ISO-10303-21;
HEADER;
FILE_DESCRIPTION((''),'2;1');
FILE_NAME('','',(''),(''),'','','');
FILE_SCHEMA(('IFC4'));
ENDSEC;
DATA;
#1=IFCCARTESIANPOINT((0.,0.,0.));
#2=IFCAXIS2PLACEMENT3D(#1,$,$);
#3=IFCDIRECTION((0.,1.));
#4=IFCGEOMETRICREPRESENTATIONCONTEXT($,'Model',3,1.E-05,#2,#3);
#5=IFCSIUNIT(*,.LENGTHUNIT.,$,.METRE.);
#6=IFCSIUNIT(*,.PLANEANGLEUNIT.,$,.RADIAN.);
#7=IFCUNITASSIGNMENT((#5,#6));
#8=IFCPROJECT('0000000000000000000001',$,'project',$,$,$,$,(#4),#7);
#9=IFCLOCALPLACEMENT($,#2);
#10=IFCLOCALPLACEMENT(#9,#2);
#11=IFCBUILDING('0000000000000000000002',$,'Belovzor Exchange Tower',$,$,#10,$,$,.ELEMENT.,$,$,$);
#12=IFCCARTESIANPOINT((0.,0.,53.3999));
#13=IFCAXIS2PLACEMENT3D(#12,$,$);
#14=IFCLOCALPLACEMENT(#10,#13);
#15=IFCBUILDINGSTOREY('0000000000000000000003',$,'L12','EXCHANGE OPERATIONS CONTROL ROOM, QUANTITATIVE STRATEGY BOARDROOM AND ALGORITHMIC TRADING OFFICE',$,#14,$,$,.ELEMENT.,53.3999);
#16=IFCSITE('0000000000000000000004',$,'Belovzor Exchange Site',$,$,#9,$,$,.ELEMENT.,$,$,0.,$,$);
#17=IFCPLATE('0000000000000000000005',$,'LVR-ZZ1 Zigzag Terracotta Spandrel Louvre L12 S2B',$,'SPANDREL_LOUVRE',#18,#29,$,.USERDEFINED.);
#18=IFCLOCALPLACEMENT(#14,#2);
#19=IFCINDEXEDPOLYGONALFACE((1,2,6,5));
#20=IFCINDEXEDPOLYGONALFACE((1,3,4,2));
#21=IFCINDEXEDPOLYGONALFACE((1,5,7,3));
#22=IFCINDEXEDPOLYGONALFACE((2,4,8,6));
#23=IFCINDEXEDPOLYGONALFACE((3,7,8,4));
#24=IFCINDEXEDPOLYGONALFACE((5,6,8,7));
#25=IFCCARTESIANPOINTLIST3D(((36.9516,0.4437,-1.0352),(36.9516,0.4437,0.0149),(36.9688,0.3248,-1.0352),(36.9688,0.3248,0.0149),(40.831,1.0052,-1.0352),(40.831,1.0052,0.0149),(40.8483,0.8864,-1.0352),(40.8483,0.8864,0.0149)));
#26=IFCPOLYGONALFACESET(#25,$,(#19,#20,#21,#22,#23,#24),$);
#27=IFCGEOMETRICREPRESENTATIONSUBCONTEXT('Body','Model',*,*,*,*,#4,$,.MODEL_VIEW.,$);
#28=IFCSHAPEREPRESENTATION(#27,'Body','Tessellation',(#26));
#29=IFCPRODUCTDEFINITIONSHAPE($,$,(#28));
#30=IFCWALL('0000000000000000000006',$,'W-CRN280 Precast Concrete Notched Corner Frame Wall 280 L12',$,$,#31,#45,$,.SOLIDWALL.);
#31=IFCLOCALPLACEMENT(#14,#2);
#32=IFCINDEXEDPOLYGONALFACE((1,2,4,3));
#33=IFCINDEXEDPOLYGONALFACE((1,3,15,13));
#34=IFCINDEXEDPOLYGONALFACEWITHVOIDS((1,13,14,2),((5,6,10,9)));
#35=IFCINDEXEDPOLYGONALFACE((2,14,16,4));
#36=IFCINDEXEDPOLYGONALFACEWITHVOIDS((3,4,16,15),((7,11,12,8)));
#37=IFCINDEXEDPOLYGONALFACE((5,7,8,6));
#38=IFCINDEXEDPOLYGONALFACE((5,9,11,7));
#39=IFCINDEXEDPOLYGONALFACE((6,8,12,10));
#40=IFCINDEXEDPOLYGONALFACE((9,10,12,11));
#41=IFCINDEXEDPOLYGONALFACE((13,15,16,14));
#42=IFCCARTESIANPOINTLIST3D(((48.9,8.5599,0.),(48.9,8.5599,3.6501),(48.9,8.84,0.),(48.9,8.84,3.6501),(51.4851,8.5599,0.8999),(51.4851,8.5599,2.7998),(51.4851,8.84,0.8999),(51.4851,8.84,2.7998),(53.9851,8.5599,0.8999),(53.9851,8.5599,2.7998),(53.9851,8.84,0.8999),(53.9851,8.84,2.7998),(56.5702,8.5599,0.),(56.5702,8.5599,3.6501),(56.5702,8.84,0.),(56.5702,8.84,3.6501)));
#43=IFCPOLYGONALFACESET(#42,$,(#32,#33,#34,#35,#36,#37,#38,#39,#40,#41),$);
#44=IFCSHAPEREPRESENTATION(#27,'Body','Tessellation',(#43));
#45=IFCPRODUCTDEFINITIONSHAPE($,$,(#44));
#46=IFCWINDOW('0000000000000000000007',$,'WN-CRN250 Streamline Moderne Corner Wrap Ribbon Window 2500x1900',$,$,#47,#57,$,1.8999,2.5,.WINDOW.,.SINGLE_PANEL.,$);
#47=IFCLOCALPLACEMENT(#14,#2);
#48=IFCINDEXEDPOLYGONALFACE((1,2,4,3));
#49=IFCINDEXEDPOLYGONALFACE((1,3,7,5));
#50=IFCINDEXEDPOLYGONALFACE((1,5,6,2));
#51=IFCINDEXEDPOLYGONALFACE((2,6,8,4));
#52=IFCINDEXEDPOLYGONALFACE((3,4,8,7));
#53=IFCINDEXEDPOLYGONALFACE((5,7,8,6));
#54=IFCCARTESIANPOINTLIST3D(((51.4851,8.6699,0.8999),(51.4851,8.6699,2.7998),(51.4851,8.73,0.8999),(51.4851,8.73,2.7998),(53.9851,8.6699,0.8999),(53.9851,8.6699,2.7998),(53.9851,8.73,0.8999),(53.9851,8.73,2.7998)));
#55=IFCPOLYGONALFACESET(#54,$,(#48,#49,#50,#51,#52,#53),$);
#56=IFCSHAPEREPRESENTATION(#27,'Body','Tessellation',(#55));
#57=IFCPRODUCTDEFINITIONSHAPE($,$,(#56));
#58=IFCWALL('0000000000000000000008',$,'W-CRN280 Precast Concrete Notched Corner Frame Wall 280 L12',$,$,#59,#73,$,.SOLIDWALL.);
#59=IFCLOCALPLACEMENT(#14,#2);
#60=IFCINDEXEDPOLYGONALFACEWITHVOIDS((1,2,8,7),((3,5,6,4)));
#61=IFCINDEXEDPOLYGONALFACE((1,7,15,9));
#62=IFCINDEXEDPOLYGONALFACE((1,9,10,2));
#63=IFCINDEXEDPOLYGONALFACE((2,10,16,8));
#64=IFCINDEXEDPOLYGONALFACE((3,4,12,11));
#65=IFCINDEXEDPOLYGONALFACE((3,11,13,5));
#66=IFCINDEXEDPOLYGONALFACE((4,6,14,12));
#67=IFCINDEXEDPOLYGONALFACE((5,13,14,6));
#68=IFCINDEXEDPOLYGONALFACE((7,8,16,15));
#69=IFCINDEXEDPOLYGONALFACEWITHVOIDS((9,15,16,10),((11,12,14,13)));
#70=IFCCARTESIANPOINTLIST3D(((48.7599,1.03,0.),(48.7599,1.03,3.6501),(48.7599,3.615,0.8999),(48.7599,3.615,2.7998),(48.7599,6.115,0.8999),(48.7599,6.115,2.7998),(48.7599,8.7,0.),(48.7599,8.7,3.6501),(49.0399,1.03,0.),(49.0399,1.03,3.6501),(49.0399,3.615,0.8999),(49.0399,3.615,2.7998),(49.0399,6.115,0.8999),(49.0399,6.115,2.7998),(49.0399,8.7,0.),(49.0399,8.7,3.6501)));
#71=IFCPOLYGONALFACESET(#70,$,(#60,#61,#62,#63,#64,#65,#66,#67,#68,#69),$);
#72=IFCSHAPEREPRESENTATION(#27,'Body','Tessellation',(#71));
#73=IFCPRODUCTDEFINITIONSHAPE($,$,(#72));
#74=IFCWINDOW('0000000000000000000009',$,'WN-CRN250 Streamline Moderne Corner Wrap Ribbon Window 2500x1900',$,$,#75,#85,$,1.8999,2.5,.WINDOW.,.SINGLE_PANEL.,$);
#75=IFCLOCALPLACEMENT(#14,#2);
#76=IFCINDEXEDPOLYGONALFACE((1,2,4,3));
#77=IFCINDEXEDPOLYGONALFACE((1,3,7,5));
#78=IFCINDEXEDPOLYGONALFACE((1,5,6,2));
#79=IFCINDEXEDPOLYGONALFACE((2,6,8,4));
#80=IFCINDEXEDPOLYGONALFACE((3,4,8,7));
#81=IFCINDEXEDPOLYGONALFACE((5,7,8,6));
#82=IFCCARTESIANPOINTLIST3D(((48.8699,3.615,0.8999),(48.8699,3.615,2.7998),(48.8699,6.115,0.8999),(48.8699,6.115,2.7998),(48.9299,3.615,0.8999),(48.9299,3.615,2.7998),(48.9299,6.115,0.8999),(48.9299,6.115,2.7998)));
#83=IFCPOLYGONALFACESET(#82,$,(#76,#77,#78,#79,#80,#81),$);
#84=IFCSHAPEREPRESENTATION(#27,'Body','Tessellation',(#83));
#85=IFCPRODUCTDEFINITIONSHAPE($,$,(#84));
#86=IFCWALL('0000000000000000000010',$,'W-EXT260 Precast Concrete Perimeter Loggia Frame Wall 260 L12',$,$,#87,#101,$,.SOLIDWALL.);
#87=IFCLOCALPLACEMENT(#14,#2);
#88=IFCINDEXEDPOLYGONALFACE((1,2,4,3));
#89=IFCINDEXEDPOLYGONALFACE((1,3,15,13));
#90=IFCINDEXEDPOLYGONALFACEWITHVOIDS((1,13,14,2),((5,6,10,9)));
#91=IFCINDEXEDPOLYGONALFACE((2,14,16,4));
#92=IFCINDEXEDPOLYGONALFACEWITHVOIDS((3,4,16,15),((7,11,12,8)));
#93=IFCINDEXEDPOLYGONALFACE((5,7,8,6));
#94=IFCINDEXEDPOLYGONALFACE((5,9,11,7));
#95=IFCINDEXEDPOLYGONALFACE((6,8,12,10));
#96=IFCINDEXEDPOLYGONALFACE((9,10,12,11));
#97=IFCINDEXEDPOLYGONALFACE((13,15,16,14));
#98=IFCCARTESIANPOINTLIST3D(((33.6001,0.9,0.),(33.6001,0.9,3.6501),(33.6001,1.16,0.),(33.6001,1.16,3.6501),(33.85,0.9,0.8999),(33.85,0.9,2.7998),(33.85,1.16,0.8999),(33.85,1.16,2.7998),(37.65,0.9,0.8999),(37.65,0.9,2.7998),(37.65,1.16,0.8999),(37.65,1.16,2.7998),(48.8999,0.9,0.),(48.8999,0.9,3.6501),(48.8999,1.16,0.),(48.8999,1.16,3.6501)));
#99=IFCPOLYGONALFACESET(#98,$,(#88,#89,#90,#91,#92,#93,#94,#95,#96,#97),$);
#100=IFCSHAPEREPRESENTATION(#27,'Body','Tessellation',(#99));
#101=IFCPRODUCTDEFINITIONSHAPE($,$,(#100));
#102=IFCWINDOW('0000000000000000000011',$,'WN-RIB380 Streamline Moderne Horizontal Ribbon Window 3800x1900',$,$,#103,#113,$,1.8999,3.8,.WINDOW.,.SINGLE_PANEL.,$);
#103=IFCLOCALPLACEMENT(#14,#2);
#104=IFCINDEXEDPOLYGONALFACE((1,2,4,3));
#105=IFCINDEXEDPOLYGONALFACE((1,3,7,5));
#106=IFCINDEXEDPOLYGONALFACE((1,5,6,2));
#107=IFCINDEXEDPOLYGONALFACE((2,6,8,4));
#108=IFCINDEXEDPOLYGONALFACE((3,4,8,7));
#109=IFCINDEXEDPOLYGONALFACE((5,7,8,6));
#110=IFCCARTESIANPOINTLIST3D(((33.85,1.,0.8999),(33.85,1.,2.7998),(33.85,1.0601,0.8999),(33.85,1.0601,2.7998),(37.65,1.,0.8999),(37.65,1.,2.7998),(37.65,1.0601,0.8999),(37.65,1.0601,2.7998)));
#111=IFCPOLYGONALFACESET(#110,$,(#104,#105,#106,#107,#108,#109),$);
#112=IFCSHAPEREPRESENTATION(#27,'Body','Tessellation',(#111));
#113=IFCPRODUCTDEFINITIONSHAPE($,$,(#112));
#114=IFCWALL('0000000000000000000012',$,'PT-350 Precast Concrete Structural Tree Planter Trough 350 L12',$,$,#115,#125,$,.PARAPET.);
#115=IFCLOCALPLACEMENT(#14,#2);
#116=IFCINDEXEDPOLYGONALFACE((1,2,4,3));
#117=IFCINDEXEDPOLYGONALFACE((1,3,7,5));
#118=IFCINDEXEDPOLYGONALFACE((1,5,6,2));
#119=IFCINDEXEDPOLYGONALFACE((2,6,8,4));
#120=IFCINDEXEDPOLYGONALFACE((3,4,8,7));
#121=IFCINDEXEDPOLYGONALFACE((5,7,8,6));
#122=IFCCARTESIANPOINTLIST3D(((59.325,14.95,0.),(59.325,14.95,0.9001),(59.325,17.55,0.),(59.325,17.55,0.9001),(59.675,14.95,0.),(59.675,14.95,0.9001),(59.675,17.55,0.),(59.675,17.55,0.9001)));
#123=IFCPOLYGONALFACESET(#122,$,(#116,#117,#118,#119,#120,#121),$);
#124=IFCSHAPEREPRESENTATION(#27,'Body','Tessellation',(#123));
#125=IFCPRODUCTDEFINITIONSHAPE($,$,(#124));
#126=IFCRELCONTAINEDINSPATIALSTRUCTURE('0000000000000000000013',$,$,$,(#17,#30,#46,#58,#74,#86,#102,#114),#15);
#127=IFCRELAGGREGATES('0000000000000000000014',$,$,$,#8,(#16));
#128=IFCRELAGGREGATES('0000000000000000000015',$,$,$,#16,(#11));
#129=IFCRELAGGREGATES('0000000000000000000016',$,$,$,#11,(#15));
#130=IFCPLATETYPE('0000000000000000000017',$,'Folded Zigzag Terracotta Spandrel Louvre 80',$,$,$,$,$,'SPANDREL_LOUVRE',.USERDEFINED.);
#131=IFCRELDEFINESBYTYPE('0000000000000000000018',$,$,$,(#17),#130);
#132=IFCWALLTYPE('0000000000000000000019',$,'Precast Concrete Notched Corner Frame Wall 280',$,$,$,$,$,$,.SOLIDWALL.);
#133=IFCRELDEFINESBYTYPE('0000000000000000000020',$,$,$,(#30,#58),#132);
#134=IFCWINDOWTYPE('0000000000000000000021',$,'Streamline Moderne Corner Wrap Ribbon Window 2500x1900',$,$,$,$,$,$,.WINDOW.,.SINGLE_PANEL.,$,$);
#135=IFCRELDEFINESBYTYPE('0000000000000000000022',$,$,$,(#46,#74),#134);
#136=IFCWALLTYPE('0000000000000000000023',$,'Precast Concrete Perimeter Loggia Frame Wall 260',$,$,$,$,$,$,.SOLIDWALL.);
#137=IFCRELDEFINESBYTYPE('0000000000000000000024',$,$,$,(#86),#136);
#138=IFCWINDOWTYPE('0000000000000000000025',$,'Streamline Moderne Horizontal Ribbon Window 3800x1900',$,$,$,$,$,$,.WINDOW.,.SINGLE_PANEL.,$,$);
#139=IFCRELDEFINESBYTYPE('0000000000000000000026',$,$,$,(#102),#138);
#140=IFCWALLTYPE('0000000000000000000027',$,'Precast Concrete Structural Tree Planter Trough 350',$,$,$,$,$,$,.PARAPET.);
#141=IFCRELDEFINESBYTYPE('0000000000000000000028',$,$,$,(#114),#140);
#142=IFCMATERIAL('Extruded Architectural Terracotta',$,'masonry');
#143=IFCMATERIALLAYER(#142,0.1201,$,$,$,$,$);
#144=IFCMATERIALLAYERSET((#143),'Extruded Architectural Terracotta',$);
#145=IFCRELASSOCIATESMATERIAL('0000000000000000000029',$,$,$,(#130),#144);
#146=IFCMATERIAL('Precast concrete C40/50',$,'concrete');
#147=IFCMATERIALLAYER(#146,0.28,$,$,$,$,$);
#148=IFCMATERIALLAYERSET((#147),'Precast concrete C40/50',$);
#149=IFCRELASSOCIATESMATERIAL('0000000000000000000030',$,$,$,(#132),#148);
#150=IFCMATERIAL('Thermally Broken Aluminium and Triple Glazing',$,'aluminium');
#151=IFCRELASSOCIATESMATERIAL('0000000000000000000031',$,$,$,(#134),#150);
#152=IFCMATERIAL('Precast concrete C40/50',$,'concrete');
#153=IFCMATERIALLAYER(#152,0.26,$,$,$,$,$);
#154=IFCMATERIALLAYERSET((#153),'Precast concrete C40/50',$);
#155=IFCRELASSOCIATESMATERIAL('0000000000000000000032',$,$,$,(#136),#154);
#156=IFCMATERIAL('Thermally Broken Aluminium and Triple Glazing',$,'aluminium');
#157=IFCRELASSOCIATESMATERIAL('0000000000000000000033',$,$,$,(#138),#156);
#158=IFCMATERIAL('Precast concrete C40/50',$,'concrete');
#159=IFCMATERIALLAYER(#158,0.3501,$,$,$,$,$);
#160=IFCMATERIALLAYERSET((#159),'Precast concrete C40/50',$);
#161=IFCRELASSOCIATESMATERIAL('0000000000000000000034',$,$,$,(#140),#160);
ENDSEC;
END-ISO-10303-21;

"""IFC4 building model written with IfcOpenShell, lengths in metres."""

from ifc_helpers import new_model, si_unit, direction, frame, frame_2d, origin, origin_2d, place, context, subcontext, project, spatial, rectangle, extrude, material, layer, layer_set, type_object, element, fill, save


model = new_model("IFC4")

# Units and contexts
model_context = context("Model", 3, precision=1e-05, world=origin(), true_north=direction((0.0, 1.0)))
body_context = subcontext(model_context, "Body", "Model", "MODEL_VIEW")
ifc_project = project(units=[si_unit("LENGTHUNIT", "METRE"), si_unit("PLANEANGLEUNIT", "RADIAN")], contexts=[model_context])

# Site, building, storey
site_placement = place(None, origin())
site = spatial("IfcSite", under=ifc_project, at=site_placement, Name="Belovzor Exchange Site", CompositionType="ELEMENT", RefElevation=0.0)
building_placement = place(site_placement, origin())
building = spatial("IfcBuilding", under=site, at=building_placement, Name="Belovzor Exchange Tower", CompositionType="ELEMENT")
storey_placement = place(building_placement, frame((0.0, 0.0, 53.3999)))
storey = spatial("IfcBuildingStorey", under=building, at=storey_placement, Name="L12", Description="EXCHANGE OPERATIONS CONTROL ROOM, QUANTITATIVE STRATEGY BOARDROOM AND ALGORITHMIC TRADING OFFICE", CompositionType="ELEMENT", Elevation=53.3999)

# Plate
ifc_material_1 = material(Name="Extruded Architectural Terracotta", Category="masonry")
ifc_layer_1 = layer(ifc_material_1, 0.1201)
ifc_layer_set_1 = layer_set([ifc_layer_1], Name="Extruded Architectural Terracotta")
plate_type = type_object("IfcPlateType", Name="Folded Zigzag Terracotta Spandrel Louvre 80", ElementType="SPANDREL_LOUVRE", PredefinedType="USERDEFINED", material=ifc_layer_set_1)
plate_placement = place(storey_placement, frame((38.8999, 0.665, -1.0352), z_axis=(0.0, 0.0, 1.0), x_axis=(0.989686, 0.143251, 0.0)))
element("IfcPlate", 1, at=plate_placement, inside=storey, type_object=plate_type, Name="LVR-ZZ1 Zigzag Terracotta Spandrel Louvre L12 S2B", ObjectType="SPANDREL_LOUVRE", PredefinedType="USERDEFINED", context=body_context, shape_type="SweptSolid", body=[
    extrude(rectangle(XDim=3.9199, YDim=0.1201, at=origin_2d()), origin(), (0.0, 0.0, 1.0), 1.05),
])

# Walls, openings, windows
ifc_material_2 = material(Name="Precast concrete C40/50", Category="concrete")
ifc_layer_2 = layer(ifc_material_2, 0.28)
ifc_layer_set_2 = layer_set([ifc_layer_2], Name="Precast concrete C40/50")
wall_type_1 = type_object("IfcWallType", Name="Precast Concrete Notched Corner Frame Wall 280", PredefinedType="SOLIDWALL", material=ifc_layer_set_2)
wall_1_placement = place(storey_placement, frame((56.5701, 8.7, 0.0), z_axis=(0.0, 0.0, 1.0), x_axis=(-1.0, 0.0, 0.0)))
wall_1 = element("IfcWall", 2, at=wall_1_placement, inside=storey, type_object=wall_type_1, Name="W-CRN280 Precast Concrete Notched Corner Frame Wall 280 L12", PredefinedType="SOLIDWALL", context=body_context, shape_type="SweptSolid", body=[
    extrude(rectangle(XDim=7.6702, YDim=0.28, at=frame_2d((3.835, 0.0))), origin(), (0.0, 0.0, 1.0), 3.6501),
])
opening_1_placement = place(wall_1_placement, frame((2.585, 0.0, 0.8999)))
opening_1 = element("IfcOpeningElement", 3, at=opening_1_placement, cuts=wall_1, PredefinedType="OPENING", context=body_context, shape_type="SweptSolid", body=[
    extrude(rectangle(XDim=2.5, YDim=1.8999, at=frame_2d((1.25, 0.95))), frame((0.0, 0.1499, 0.0), z_axis=(0.0, -1.0, 0.0), x_axis=(1.0, 0.0, 0.0)), (0.0, 0.0, 1.0), 0.3),
])
ifc_material_3 = material(Name="Thermally Broken Aluminium and Triple Glazing", Category="aluminium")
window_type_1 = type_object("IfcWindowType", Name="Streamline Moderne Corner Wrap Ribbon Window 2500x1900", PartitioningType="SINGLE_PANEL", PredefinedType="WINDOW", material=ifc_material_3)
window_1_placement = place(opening_1_placement, origin())
window_1 = element("IfcWindow", 4, at=window_1_placement, inside=storey, type_object=window_type_1, Name="WN-CRN250 Streamline Moderne Corner Wrap Ribbon Window 2500x1900", OverallHeight=1.8999, OverallWidth=2.5, PartitioningType="SINGLE_PANEL", PredefinedType="WINDOW", context=body_context, shape_type="SweptSolid", body=[
    extrude(rectangle(XDim=2.5, YDim=1.8999, at=frame_2d((1.25, 0.95))), frame((0.0, 0.03, 0.0), z_axis=(0.0, -1.0, 0.0), x_axis=(1.0, 0.0, 0.0)), (0.0, 0.0, 1.0), 0.0601),
])
fill(opening_1, window_1)
wall_2_placement = place(storey_placement, frame((48.8999, 8.7, 0.0), z_axis=(0.0, 0.0, 1.0), x_axis=(0.0, -1.0, 0.0)))
wall_2 = element("IfcWall", 5, at=wall_2_placement, inside=storey, type_object=wall_type_1, Name="W-CRN280 Precast Concrete Notched Corner Frame Wall 280 L12", PredefinedType="SOLIDWALL", context=body_context, shape_type="SweptSolid", body=[
    extrude(rectangle(XDim=7.6699, YDim=0.28, at=frame_2d((3.835, 0.0))), origin(), (0.0, 0.0, 1.0), 3.6501),
])
opening_2_placement = place(wall_2_placement, frame((2.585, 0.0, 0.8999)))
opening_2 = element("IfcOpeningElement", 6, at=opening_2_placement, cuts=wall_2, PredefinedType="OPENING", context=body_context, shape_type="SweptSolid", body=[
    extrude(rectangle(XDim=2.5, YDim=1.8999, at=frame_2d((1.25, 0.95))), frame((0.0, 0.1499, 0.0), z_axis=(0.0, -1.0, 0.0), x_axis=(1.0, 0.0, 0.0)), (0.0, 0.0, 1.0), 0.3),
])
window_2_placement = place(opening_2_placement, origin())
window_2 = element("IfcWindow", 7, at=window_2_placement, inside=storey, type_object=window_type_1, Name="WN-CRN250 Streamline Moderne Corner Wrap Ribbon Window 2500x1900", OverallHeight=1.8999, OverallWidth=2.5, PartitioningType="SINGLE_PANEL", PredefinedType="WINDOW", context=body_context, shape_type="SweptSolid", body=[
    extrude(rectangle(XDim=2.5, YDim=1.8999, at=frame_2d((1.25, 0.95))), frame((0.0, 0.03, 0.0), z_axis=(0.0, -1.0, 0.0), x_axis=(1.0, 0.0, 0.0)), (0.0, 0.0, 1.0), 0.0601),
])
fill(opening_2, window_2)
ifc_material_4 = material(Name="Precast concrete C40/50", Category="concrete")
ifc_layer_3 = layer(ifc_material_4, 0.26)
ifc_layer_set_3 = layer_set([ifc_layer_3], Name="Precast concrete C40/50")
wall_type_2 = type_object("IfcWallType", Name="Precast Concrete Perimeter Loggia Frame Wall 260", PredefinedType="SOLIDWALL", material=ifc_layer_set_3)
wall_3_placement = place(storey_placement, frame((48.8999, 1.03, 0.0), z_axis=(0.0, 0.0, 1.0), x_axis=(-1.0, 0.0, 0.0)))
wall_3 = element("IfcWall", 8, at=wall_3_placement, inside=storey, type_object=wall_type_2, Name="W-EXT260 Precast Concrete Perimeter Loggia Frame Wall 260 L12", PredefinedType="SOLIDWALL", context=body_context, shape_type="SweptSolid", body=[
    extrude(rectangle(XDim=15.2998, YDim=0.26, at=frame_2d((7.6499, 0.0))), origin(), (0.0, 0.0, 1.0), 3.6501),
])
opening_3_placement = place(wall_3_placement, frame((11.25, 0.0, 0.8999)))
opening_3 = element("IfcOpeningElement", 9, at=opening_3_placement, cuts=wall_3, PredefinedType="OPENING", context=body_context, shape_type="SweptSolid", body=[
    extrude(rectangle(XDim=3.8, YDim=1.8999, at=frame_2d((1.8999, 0.95))), frame((0.0, 0.1399, 0.0), z_axis=(0.0, -1.0, 0.0), x_axis=(1.0, 0.0, 0.0)), (0.0, 0.0, 1.0), 0.28),
])
ifc_material_5 = material(Name="Thermally Broken Aluminium and Triple Glazing", Category="aluminium")
window_type_2 = type_object("IfcWindowType", Name="Streamline Moderne Horizontal Ribbon Window 3800x1900", PartitioningType="SINGLE_PANEL", PredefinedType="WINDOW", material=ifc_material_5)
window_3_placement = place(opening_3_placement, origin())
window_3 = element("IfcWindow", 10, at=window_3_placement, inside=storey, type_object=window_type_2, Name="WN-RIB380 Streamline Moderne Horizontal Ribbon Window 3800x1900", OverallHeight=1.8999, OverallWidth=3.8, PartitioningType="SINGLE_PANEL", PredefinedType="WINDOW", context=body_context, shape_type="SweptSolid", body=[
    extrude(rectangle(XDim=3.8, YDim=1.8999, at=frame_2d((1.8999, 0.95))), frame((0.0, 0.03, 0.0), z_axis=(0.0, -1.0, 0.0), x_axis=(1.0, 0.0, 0.0)), (0.0, 0.0, 1.0), 0.0601),
])
fill(opening_3, window_3)

# Wall
ifc_material_6 = material(Name="Precast concrete C40/50", Category="concrete")
ifc_layer_4 = layer(ifc_material_6, 0.3501)
ifc_layer_set_4 = layer_set([ifc_layer_4], Name="Precast concrete C40/50")
wall_type_3 = type_object("IfcWallType", Name="Precast Concrete Structural Tree Planter Trough 350", PredefinedType="PARAPET", material=ifc_layer_set_4)
wall_4_placement = place(storey_placement, frame((59.5, 14.95, 0.0), z_axis=(0.0, 0.0, 1.0), x_axis=(0.0, 1.0, 0.0)))
element("IfcWall", 11, at=wall_4_placement, inside=storey, type_object=wall_type_3, Name="PT-350 Precast Concrete Structural Tree Planter Trough 350 L12", PredefinedType="PARAPET", context=body_context, shape_type="SweptSolid", body=[
    extrude(rectangle(XDim=2.6001, YDim=0.3501, at=frame_2d((1.3, 0.0))), origin(), (0.0, 0.0, 1.0), 0.9001),
])

save(model, "model.ifc")
